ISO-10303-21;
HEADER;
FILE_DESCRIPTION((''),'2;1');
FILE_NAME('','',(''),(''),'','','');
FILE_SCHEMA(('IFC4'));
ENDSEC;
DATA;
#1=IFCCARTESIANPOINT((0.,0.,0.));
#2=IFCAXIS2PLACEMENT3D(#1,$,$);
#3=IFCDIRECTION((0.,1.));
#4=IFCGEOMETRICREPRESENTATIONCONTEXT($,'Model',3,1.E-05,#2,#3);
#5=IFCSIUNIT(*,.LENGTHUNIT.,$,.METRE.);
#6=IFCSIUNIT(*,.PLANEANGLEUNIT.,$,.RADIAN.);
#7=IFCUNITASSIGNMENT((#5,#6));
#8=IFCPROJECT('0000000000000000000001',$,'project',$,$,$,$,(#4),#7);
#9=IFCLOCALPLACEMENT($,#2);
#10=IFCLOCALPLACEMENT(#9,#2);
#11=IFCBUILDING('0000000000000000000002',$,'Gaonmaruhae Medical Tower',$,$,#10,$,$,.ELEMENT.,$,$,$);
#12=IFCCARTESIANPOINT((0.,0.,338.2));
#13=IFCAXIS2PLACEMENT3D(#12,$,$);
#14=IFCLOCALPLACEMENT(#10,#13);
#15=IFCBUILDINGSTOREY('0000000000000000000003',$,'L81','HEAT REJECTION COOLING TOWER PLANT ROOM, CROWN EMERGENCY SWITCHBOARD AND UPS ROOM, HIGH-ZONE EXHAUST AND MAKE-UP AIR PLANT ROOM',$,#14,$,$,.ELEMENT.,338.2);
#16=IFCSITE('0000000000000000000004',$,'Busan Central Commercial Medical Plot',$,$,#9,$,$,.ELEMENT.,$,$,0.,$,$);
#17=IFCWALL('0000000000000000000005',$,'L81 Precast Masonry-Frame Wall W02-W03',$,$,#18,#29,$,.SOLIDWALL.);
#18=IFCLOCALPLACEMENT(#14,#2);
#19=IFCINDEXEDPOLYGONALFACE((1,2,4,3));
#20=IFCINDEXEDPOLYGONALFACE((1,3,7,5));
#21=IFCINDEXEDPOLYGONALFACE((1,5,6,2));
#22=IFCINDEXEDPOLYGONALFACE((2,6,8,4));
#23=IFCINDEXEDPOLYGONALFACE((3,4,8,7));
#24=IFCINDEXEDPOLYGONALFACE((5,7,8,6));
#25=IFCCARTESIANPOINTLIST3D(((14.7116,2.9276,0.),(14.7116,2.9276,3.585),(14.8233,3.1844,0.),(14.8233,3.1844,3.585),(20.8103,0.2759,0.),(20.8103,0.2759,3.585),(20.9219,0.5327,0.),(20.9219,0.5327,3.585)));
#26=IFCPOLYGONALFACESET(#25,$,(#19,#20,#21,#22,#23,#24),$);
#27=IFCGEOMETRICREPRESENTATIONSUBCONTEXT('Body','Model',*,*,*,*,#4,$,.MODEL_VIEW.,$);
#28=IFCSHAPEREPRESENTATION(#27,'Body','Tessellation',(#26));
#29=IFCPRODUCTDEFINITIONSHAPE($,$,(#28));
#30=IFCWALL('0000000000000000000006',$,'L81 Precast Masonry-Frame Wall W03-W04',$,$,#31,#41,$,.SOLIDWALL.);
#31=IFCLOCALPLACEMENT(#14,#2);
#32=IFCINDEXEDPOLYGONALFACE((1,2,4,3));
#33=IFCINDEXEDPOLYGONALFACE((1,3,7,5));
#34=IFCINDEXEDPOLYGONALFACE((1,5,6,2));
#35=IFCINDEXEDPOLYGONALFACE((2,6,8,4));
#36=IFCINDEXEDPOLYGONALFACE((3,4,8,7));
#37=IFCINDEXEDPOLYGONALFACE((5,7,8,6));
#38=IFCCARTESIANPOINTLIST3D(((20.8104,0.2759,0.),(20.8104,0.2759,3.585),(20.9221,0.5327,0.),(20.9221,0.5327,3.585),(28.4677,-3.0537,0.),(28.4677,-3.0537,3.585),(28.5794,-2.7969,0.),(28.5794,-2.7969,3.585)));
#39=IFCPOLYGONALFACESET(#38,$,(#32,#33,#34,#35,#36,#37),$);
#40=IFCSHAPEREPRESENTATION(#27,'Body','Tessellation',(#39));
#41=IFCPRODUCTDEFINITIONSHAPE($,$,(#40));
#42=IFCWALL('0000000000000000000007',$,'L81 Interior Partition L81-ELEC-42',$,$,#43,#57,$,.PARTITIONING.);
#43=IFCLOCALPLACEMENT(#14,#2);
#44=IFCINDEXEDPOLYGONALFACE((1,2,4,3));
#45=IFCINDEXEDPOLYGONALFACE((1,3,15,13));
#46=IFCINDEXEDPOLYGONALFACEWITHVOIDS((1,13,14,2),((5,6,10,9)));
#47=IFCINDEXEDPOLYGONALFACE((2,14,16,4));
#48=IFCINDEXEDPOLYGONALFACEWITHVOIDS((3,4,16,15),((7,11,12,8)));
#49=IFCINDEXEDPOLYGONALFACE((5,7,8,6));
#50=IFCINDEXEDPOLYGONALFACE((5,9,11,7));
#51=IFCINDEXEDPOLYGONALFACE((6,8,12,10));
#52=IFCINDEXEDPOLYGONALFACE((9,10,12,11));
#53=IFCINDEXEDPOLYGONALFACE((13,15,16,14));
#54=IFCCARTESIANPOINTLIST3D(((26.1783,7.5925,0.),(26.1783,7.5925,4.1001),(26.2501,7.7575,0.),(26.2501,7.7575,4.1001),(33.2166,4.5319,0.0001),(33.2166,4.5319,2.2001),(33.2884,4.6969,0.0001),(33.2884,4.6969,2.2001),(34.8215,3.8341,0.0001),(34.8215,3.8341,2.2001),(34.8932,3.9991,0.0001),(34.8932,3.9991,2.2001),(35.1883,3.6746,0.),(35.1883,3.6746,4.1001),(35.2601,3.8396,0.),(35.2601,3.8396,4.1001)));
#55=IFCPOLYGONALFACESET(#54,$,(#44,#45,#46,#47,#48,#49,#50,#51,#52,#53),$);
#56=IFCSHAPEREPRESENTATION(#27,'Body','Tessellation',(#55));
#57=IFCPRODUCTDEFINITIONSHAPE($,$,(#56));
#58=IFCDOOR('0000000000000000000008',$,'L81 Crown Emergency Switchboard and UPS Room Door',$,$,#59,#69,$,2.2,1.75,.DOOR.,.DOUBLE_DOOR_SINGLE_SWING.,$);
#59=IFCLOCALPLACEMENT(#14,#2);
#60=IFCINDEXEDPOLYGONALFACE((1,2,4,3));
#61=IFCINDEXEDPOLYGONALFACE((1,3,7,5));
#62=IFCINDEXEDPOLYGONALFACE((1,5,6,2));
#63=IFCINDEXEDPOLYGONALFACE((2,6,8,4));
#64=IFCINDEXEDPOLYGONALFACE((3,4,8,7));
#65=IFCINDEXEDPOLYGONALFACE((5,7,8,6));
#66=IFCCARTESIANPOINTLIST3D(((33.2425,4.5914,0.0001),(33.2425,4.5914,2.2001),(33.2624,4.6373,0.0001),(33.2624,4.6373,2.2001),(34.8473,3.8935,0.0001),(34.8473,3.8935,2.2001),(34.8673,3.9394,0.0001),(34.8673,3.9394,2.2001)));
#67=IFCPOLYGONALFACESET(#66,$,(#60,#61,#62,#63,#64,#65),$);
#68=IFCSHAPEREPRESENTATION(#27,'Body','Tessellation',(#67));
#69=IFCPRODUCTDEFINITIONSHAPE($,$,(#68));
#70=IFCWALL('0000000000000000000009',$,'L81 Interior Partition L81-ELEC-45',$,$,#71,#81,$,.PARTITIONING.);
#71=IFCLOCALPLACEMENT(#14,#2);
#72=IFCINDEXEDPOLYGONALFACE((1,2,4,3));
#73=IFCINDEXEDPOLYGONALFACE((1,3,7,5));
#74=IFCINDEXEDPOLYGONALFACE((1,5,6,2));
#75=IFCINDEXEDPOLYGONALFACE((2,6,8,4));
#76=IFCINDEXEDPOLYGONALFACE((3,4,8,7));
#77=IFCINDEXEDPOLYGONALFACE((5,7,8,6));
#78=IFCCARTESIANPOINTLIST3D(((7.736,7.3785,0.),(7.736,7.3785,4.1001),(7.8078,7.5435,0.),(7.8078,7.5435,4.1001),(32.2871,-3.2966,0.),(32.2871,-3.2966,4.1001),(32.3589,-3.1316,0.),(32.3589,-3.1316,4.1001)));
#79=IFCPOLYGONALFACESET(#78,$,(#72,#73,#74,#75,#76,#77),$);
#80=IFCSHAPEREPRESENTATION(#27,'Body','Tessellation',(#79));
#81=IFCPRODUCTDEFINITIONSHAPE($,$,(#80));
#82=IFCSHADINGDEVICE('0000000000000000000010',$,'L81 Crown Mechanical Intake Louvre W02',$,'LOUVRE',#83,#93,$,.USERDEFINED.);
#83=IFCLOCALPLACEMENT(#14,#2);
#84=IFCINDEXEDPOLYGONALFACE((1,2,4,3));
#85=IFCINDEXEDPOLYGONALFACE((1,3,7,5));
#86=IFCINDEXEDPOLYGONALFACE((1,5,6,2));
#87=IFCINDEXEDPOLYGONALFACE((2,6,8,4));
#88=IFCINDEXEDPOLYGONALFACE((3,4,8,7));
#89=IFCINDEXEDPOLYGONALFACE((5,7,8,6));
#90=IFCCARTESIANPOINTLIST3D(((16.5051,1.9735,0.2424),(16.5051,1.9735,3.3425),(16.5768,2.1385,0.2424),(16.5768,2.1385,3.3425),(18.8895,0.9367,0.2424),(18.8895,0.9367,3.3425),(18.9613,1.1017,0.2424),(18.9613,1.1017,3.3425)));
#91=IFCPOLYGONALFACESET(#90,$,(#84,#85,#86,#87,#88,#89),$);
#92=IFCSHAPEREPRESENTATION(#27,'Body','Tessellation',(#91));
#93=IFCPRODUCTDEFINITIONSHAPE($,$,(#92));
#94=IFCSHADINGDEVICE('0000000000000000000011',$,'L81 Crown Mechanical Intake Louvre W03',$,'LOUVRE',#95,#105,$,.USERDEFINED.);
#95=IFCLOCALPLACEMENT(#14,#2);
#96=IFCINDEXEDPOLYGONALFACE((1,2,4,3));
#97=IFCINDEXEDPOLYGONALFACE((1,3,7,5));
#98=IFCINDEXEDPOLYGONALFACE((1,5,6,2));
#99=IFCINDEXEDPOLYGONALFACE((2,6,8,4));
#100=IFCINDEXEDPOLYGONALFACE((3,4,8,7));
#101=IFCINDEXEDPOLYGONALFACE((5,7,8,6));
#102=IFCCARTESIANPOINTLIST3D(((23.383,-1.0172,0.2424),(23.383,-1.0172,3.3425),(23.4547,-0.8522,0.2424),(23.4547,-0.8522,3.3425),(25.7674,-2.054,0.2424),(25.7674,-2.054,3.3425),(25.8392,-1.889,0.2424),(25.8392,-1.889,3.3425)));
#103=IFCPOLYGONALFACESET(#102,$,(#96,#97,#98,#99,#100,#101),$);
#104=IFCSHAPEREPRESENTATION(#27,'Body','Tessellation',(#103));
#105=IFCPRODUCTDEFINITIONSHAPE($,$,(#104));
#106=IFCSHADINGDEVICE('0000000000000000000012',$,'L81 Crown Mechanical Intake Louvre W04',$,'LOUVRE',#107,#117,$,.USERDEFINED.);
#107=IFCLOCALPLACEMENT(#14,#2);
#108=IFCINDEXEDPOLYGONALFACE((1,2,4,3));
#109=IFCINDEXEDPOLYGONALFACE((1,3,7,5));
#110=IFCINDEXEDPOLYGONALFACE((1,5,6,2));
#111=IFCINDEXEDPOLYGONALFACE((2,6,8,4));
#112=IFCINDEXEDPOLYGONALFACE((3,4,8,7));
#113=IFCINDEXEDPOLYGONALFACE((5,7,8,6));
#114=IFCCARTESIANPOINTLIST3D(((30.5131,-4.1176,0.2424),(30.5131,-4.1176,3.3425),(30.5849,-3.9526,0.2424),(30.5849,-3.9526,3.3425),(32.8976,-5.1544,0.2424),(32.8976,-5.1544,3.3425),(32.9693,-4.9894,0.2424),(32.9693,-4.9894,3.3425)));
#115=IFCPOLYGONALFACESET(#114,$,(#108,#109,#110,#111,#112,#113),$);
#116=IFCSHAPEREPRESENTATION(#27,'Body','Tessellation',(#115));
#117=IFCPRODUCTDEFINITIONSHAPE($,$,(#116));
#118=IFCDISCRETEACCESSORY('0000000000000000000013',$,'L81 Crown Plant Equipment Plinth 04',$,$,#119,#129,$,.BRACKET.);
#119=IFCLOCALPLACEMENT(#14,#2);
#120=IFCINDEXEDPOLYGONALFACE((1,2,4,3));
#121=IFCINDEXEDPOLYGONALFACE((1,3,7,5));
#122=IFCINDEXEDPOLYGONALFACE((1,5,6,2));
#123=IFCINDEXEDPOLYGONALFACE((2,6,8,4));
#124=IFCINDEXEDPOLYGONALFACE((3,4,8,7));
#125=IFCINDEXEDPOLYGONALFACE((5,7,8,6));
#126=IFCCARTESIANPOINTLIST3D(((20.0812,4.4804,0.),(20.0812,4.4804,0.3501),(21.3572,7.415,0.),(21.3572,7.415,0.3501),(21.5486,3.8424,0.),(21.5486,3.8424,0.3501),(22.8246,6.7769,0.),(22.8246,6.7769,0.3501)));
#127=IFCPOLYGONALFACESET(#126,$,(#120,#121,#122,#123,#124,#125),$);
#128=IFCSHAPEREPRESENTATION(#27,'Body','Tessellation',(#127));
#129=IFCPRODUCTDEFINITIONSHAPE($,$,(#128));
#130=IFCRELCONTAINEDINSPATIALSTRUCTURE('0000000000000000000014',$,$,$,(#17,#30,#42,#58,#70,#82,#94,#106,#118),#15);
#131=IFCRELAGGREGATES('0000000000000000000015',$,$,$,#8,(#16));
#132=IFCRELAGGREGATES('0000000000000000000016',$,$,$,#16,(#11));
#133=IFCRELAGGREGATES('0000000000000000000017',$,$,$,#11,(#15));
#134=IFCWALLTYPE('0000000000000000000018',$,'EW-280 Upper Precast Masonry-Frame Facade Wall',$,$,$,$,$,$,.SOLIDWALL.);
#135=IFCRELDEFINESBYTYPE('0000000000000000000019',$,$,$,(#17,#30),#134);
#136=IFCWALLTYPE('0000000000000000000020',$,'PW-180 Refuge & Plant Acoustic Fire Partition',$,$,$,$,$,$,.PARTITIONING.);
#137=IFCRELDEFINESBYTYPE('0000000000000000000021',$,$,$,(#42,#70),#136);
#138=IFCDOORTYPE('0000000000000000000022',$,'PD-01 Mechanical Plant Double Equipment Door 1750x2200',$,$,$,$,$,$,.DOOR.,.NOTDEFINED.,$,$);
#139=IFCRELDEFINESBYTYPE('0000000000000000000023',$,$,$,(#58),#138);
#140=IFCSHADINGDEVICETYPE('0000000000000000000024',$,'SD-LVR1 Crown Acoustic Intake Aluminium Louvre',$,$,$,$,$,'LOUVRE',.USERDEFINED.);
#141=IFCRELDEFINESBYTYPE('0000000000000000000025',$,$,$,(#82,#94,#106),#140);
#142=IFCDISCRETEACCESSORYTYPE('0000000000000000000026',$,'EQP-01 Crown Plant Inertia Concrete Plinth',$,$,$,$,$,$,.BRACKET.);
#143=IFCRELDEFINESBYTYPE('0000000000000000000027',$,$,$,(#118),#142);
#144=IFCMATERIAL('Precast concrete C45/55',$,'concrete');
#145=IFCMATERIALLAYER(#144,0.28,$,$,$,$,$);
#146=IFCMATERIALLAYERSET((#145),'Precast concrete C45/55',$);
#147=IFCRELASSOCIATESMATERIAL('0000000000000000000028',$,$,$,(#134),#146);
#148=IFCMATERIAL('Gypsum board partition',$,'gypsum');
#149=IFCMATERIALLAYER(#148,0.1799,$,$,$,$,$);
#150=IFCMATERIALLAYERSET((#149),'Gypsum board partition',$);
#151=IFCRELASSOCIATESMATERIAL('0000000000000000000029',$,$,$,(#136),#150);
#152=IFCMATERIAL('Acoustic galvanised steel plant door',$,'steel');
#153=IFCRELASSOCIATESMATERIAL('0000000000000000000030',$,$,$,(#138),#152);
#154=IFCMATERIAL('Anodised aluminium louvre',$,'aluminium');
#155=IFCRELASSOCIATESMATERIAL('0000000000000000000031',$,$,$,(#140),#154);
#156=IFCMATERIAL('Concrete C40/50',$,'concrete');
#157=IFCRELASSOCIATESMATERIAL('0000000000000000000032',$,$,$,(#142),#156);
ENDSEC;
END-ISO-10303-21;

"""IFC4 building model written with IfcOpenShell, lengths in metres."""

from ifc_helpers import new_model, si_unit, direction, frame, frame_2d, origin, origin_2d, place, context, subcontext, project, spatial, rectangle, extrude, material, layer, layer_set, type_object, element, fill, save


model = new_model("IFC4")

# Units and contexts
model_context = context("Model", 3, precision=1e-05, world=origin(), true_north=direction((0.0, 1.0)))
body_context = subcontext(model_context, "Body", "Model", "MODEL_VIEW")
ifc_project = project(units=[si_unit("LENGTHUNIT", "METRE"), si_unit("PLANEANGLEUNIT", "RADIAN")], contexts=[model_context])

# Site, building, storey
site_placement = place(None, origin())
site = spatial("IfcSite", under=ifc_project, at=site_placement, Name="Busan Central Commercial Medical Plot", CompositionType="ELEMENT", RefElevation=0.0)
building_placement = place(site_placement, origin())
building = spatial("IfcBuilding", under=site, at=building_placement, Name="Gaonmaruhae Medical Tower", CompositionType="ELEMENT")
storey_placement = place(building_placement, frame((0.0, 0.0, 338.2)))
storey = spatial("IfcBuildingStorey", under=building, at=storey_placement, Name="L81", Description="HEAT REJECTION COOLING TOWER PLANT ROOM, CROWN EMERGENCY SWITCHBOARD AND UPS ROOM, HIGH-ZONE EXHAUST AND MAKE-UP AIR PLANT ROOM", CompositionType="ELEMENT", Elevation=338.2)

# Walls
ifc_material_1 = material(Name="Precast concrete C45/55", Category="concrete")
ifc_layer_1 = layer(ifc_material_1, 0.28)
ifc_layer_set_1 = layer_set([ifc_layer_1], Name="Precast concrete C45/55")
wall_type_1 = type_object("IfcWallType", Name="EW-280 Upper Precast Masonry-Frame Facade Wall", PredefinedType="SOLIDWALL", material=ifc_layer_set_1)
wall_1_placement = place(storey_placement, frame((20.8662, 0.4043, 0.0), z_axis=(0.0, 0.0, 1.0), x_axis=(-0.917068, 0.39873, 0.0)))
element("IfcWall", 1, at=wall_1_placement, inside=storey, type_object=wall_type_1, Name="L81 Precast Masonry-Frame Wall W02-W03", PredefinedType="SOLIDWALL", context=body_context, shape_type="SweptSolid", body=[
    extrude(rectangle(XDim=6.6501, YDim=0.28, at=frame_2d((3.3252, 0.0))), origin(), (0.0, 0.0, 1.0), 3.585),
])
wall_2_placement = place(storey_placement, frame((28.5234, -2.9253, 0.0), z_axis=(0.0, 0.0, 1.0), x_axis=(-0.917054, 0.398762, 0.0)))
element("IfcWall", 2, at=wall_2_placement, inside=storey, type_object=wall_type_1, Name="L81 Precast Masonry-Frame Wall W03-W04", PredefinedType="SOLIDWALL", context=body_context, shape_type="SweptSolid", body=[
    extrude(rectangle(XDim=8.3499, YDim=0.28, at=frame_2d((4.1748, 0.0))), origin(), (0.0, 0.0, 1.0), 3.585),
])

# Wall, opening, door
ifc_material_2 = material(Name="Gypsum board partition", Category="gypsum")
ifc_layer_2 = layer(ifc_material_2, 0.1799)
ifc_layer_set_2 = layer_set([ifc_layer_2], Name="Gypsum board partition")
wall_type_2 = type_object("IfcWallType", Name="PW-180 Refuge & Plant Acoustic Fire Partition", PredefinedType="PARTITIONING", material=ifc_layer_set_2)
wall_3_placement = place(storey_placement, frame((26.2141, 7.675, 0.0), z_axis=(0.0, 0.0, 1.0), x_axis=(0.917049, -0.398775, 0.0)))
wall_3 = element("IfcWall", 3, at=wall_3_placement, inside=storey, type_object=wall_type_2, Name="L81 Interior Partition L81-ELEC-42", PredefinedType="PARTITIONING", context=body_context, shape_type="SweptSolid", body=[
    extrude(rectangle(XDim=9.825, YDim=0.1799, at=frame_2d((4.9126, 0.0))), origin(), (0.0, 0.0, 1.0), 4.1001),
])
opening_placement = place(wall_3_placement, frame((7.675, 0.0, 0.0)))
opening = element("IfcOpeningElement", 4, at=opening_placement, cuts=wall_3, PredefinedType="OPENING", context=body_context, shape_type="SweptSolid", body=[
    extrude(rectangle(XDim=1.75, YDim=2.2, at=frame_2d((0.875, 1.1001))), frame((0.0, 0.1001, 0.0), z_axis=(0.0, -1.0, 0.0), x_axis=(1.0, 0.0, 0.0)), (0.0, 0.0, 1.0), 0.2),
])
ifc_material_3 = material(Name="Acoustic galvanised steel plant door", Category="steel")
door_type = type_object("IfcDoorType", Name="PD-01 Mechanical Plant Double Equipment Door 1750x2200", OperationType="NOTDEFINED", PredefinedType="DOOR", material=ifc_material_3)
door_placement = place(opening_placement, origin())
door = element("IfcDoor", 5, at=door_placement, inside=storey, type_object=door_type, Name="L81 Crown Emergency Switchboard and UPS Room Door", OperationType="DOUBLE_DOOR_SINGLE_SWING", OverallHeight=2.2, OverallWidth=1.75, PredefinedType="DOOR", context=body_context, shape_type="SweptSolid", body=[
    extrude(rectangle(XDim=1.75, YDim=2.2, at=frame_2d((0.875, 1.1001))), frame((0.0, 0.0249, 0.0), z_axis=(0.0, -1.0, 0.0), x_axis=(1.0, 0.0, 0.0)), (0.0, 0.0, 1.0), 0.05),
])
fill(opening, door)

# Wall
wall_4_placement = place(storey_placement, frame((32.323, -3.2141, 0.0), z_axis=(0.0, 0.0, 1.0), x_axis=(-0.917061, 0.398748, 0.0)))
element("IfcWall", 6, at=wall_4_placement, inside=storey, type_object=wall_type_2, Name="L81 Interior Partition L81-ELEC-45", PredefinedType="PARTITIONING", context=body_context, shape_type="SweptSolid", body=[
    extrude(rectangle(XDim=26.7715, YDim=0.1799, at=frame_2d((13.3857, 0.0))), origin(), (0.0, 0.0, 1.0), 4.1001),
])

# Shading devices
ifc_material_4 = material(Name="Anodised aluminium louvre", Category="aluminium")
shading_device_type = type_object("IfcShadingDeviceType", Name="SD-LVR1 Crown Acoustic Intake Aluminium Louvre", ElementType="LOUVRE", PredefinedType="USERDEFINED", material=ifc_material_4)
for number, where, z_axis, x_axis, name in (
    (7, (17.7332, 1.5376, 0.2424), (0.0, 0.0, 1.0), (-0.917067, 0.398733, 0.0), "L81 Crown Mechanical Intake Louvre W02"),
    (8, (24.6111, -1.4531, 0.2424), (0.0, 0.0, 1.0), (-0.91706, 0.398749, 0.0), "L81 Crown Mechanical Intake Louvre W03"),
    (9, (31.7412, -4.5535, 0.2424), (0.0, 0.0, 1.0), (-0.91706, 0.398749, 0.0), "L81 Crown Mechanical Intake Louvre W04"),
):
    element("IfcShadingDevice", number, at=place(storey_placement, frame(where, z_axis=z_axis, x_axis=x_axis)), inside=storey, type_object=shading_device_type, Name=name, ObjectType="LOUVRE", PredefinedType="USERDEFINED", context=body_context, shape_type="SweptSolid", body=[
        extrude(rectangle(XDim=2.6001, YDim=0.1799, at=origin_2d()), origin(), (0.0, 0.0, 1.0), 3.1001),
    ])

# Discrete accessory
ifc_material_5 = material(Name="Concrete C40/50", Category="concrete")
discrete_accessory_type = type_object("IfcDiscreteAccessoryType", Name="EQP-01 Crown Plant Inertia Concrete Plinth", PredefinedType="BRACKET", material=ifc_material_5)
discrete_accessory_placement = place(storey_placement, frame((21.4529, 5.6287, 0.0), z_axis=(0.0, 0.0, 1.0), x_axis=(0.398749, 0.91706, 0.0)))
element("IfcDiscreteAccessory", 10, at=discrete_accessory_placement, inside=storey, type_object=discrete_accessory_type, Name="L81 Crown Plant Equipment Plinth 04", PredefinedType="BRACKET", context=body_context, shape_type="SweptSolid", body=[
    extrude(rectangle(XDim=3.2, YDim=1.6001, at=origin_2d()), origin(), (0.0, 0.0, 1.0), 0.3501),
])

save(model, "model.ifc")
